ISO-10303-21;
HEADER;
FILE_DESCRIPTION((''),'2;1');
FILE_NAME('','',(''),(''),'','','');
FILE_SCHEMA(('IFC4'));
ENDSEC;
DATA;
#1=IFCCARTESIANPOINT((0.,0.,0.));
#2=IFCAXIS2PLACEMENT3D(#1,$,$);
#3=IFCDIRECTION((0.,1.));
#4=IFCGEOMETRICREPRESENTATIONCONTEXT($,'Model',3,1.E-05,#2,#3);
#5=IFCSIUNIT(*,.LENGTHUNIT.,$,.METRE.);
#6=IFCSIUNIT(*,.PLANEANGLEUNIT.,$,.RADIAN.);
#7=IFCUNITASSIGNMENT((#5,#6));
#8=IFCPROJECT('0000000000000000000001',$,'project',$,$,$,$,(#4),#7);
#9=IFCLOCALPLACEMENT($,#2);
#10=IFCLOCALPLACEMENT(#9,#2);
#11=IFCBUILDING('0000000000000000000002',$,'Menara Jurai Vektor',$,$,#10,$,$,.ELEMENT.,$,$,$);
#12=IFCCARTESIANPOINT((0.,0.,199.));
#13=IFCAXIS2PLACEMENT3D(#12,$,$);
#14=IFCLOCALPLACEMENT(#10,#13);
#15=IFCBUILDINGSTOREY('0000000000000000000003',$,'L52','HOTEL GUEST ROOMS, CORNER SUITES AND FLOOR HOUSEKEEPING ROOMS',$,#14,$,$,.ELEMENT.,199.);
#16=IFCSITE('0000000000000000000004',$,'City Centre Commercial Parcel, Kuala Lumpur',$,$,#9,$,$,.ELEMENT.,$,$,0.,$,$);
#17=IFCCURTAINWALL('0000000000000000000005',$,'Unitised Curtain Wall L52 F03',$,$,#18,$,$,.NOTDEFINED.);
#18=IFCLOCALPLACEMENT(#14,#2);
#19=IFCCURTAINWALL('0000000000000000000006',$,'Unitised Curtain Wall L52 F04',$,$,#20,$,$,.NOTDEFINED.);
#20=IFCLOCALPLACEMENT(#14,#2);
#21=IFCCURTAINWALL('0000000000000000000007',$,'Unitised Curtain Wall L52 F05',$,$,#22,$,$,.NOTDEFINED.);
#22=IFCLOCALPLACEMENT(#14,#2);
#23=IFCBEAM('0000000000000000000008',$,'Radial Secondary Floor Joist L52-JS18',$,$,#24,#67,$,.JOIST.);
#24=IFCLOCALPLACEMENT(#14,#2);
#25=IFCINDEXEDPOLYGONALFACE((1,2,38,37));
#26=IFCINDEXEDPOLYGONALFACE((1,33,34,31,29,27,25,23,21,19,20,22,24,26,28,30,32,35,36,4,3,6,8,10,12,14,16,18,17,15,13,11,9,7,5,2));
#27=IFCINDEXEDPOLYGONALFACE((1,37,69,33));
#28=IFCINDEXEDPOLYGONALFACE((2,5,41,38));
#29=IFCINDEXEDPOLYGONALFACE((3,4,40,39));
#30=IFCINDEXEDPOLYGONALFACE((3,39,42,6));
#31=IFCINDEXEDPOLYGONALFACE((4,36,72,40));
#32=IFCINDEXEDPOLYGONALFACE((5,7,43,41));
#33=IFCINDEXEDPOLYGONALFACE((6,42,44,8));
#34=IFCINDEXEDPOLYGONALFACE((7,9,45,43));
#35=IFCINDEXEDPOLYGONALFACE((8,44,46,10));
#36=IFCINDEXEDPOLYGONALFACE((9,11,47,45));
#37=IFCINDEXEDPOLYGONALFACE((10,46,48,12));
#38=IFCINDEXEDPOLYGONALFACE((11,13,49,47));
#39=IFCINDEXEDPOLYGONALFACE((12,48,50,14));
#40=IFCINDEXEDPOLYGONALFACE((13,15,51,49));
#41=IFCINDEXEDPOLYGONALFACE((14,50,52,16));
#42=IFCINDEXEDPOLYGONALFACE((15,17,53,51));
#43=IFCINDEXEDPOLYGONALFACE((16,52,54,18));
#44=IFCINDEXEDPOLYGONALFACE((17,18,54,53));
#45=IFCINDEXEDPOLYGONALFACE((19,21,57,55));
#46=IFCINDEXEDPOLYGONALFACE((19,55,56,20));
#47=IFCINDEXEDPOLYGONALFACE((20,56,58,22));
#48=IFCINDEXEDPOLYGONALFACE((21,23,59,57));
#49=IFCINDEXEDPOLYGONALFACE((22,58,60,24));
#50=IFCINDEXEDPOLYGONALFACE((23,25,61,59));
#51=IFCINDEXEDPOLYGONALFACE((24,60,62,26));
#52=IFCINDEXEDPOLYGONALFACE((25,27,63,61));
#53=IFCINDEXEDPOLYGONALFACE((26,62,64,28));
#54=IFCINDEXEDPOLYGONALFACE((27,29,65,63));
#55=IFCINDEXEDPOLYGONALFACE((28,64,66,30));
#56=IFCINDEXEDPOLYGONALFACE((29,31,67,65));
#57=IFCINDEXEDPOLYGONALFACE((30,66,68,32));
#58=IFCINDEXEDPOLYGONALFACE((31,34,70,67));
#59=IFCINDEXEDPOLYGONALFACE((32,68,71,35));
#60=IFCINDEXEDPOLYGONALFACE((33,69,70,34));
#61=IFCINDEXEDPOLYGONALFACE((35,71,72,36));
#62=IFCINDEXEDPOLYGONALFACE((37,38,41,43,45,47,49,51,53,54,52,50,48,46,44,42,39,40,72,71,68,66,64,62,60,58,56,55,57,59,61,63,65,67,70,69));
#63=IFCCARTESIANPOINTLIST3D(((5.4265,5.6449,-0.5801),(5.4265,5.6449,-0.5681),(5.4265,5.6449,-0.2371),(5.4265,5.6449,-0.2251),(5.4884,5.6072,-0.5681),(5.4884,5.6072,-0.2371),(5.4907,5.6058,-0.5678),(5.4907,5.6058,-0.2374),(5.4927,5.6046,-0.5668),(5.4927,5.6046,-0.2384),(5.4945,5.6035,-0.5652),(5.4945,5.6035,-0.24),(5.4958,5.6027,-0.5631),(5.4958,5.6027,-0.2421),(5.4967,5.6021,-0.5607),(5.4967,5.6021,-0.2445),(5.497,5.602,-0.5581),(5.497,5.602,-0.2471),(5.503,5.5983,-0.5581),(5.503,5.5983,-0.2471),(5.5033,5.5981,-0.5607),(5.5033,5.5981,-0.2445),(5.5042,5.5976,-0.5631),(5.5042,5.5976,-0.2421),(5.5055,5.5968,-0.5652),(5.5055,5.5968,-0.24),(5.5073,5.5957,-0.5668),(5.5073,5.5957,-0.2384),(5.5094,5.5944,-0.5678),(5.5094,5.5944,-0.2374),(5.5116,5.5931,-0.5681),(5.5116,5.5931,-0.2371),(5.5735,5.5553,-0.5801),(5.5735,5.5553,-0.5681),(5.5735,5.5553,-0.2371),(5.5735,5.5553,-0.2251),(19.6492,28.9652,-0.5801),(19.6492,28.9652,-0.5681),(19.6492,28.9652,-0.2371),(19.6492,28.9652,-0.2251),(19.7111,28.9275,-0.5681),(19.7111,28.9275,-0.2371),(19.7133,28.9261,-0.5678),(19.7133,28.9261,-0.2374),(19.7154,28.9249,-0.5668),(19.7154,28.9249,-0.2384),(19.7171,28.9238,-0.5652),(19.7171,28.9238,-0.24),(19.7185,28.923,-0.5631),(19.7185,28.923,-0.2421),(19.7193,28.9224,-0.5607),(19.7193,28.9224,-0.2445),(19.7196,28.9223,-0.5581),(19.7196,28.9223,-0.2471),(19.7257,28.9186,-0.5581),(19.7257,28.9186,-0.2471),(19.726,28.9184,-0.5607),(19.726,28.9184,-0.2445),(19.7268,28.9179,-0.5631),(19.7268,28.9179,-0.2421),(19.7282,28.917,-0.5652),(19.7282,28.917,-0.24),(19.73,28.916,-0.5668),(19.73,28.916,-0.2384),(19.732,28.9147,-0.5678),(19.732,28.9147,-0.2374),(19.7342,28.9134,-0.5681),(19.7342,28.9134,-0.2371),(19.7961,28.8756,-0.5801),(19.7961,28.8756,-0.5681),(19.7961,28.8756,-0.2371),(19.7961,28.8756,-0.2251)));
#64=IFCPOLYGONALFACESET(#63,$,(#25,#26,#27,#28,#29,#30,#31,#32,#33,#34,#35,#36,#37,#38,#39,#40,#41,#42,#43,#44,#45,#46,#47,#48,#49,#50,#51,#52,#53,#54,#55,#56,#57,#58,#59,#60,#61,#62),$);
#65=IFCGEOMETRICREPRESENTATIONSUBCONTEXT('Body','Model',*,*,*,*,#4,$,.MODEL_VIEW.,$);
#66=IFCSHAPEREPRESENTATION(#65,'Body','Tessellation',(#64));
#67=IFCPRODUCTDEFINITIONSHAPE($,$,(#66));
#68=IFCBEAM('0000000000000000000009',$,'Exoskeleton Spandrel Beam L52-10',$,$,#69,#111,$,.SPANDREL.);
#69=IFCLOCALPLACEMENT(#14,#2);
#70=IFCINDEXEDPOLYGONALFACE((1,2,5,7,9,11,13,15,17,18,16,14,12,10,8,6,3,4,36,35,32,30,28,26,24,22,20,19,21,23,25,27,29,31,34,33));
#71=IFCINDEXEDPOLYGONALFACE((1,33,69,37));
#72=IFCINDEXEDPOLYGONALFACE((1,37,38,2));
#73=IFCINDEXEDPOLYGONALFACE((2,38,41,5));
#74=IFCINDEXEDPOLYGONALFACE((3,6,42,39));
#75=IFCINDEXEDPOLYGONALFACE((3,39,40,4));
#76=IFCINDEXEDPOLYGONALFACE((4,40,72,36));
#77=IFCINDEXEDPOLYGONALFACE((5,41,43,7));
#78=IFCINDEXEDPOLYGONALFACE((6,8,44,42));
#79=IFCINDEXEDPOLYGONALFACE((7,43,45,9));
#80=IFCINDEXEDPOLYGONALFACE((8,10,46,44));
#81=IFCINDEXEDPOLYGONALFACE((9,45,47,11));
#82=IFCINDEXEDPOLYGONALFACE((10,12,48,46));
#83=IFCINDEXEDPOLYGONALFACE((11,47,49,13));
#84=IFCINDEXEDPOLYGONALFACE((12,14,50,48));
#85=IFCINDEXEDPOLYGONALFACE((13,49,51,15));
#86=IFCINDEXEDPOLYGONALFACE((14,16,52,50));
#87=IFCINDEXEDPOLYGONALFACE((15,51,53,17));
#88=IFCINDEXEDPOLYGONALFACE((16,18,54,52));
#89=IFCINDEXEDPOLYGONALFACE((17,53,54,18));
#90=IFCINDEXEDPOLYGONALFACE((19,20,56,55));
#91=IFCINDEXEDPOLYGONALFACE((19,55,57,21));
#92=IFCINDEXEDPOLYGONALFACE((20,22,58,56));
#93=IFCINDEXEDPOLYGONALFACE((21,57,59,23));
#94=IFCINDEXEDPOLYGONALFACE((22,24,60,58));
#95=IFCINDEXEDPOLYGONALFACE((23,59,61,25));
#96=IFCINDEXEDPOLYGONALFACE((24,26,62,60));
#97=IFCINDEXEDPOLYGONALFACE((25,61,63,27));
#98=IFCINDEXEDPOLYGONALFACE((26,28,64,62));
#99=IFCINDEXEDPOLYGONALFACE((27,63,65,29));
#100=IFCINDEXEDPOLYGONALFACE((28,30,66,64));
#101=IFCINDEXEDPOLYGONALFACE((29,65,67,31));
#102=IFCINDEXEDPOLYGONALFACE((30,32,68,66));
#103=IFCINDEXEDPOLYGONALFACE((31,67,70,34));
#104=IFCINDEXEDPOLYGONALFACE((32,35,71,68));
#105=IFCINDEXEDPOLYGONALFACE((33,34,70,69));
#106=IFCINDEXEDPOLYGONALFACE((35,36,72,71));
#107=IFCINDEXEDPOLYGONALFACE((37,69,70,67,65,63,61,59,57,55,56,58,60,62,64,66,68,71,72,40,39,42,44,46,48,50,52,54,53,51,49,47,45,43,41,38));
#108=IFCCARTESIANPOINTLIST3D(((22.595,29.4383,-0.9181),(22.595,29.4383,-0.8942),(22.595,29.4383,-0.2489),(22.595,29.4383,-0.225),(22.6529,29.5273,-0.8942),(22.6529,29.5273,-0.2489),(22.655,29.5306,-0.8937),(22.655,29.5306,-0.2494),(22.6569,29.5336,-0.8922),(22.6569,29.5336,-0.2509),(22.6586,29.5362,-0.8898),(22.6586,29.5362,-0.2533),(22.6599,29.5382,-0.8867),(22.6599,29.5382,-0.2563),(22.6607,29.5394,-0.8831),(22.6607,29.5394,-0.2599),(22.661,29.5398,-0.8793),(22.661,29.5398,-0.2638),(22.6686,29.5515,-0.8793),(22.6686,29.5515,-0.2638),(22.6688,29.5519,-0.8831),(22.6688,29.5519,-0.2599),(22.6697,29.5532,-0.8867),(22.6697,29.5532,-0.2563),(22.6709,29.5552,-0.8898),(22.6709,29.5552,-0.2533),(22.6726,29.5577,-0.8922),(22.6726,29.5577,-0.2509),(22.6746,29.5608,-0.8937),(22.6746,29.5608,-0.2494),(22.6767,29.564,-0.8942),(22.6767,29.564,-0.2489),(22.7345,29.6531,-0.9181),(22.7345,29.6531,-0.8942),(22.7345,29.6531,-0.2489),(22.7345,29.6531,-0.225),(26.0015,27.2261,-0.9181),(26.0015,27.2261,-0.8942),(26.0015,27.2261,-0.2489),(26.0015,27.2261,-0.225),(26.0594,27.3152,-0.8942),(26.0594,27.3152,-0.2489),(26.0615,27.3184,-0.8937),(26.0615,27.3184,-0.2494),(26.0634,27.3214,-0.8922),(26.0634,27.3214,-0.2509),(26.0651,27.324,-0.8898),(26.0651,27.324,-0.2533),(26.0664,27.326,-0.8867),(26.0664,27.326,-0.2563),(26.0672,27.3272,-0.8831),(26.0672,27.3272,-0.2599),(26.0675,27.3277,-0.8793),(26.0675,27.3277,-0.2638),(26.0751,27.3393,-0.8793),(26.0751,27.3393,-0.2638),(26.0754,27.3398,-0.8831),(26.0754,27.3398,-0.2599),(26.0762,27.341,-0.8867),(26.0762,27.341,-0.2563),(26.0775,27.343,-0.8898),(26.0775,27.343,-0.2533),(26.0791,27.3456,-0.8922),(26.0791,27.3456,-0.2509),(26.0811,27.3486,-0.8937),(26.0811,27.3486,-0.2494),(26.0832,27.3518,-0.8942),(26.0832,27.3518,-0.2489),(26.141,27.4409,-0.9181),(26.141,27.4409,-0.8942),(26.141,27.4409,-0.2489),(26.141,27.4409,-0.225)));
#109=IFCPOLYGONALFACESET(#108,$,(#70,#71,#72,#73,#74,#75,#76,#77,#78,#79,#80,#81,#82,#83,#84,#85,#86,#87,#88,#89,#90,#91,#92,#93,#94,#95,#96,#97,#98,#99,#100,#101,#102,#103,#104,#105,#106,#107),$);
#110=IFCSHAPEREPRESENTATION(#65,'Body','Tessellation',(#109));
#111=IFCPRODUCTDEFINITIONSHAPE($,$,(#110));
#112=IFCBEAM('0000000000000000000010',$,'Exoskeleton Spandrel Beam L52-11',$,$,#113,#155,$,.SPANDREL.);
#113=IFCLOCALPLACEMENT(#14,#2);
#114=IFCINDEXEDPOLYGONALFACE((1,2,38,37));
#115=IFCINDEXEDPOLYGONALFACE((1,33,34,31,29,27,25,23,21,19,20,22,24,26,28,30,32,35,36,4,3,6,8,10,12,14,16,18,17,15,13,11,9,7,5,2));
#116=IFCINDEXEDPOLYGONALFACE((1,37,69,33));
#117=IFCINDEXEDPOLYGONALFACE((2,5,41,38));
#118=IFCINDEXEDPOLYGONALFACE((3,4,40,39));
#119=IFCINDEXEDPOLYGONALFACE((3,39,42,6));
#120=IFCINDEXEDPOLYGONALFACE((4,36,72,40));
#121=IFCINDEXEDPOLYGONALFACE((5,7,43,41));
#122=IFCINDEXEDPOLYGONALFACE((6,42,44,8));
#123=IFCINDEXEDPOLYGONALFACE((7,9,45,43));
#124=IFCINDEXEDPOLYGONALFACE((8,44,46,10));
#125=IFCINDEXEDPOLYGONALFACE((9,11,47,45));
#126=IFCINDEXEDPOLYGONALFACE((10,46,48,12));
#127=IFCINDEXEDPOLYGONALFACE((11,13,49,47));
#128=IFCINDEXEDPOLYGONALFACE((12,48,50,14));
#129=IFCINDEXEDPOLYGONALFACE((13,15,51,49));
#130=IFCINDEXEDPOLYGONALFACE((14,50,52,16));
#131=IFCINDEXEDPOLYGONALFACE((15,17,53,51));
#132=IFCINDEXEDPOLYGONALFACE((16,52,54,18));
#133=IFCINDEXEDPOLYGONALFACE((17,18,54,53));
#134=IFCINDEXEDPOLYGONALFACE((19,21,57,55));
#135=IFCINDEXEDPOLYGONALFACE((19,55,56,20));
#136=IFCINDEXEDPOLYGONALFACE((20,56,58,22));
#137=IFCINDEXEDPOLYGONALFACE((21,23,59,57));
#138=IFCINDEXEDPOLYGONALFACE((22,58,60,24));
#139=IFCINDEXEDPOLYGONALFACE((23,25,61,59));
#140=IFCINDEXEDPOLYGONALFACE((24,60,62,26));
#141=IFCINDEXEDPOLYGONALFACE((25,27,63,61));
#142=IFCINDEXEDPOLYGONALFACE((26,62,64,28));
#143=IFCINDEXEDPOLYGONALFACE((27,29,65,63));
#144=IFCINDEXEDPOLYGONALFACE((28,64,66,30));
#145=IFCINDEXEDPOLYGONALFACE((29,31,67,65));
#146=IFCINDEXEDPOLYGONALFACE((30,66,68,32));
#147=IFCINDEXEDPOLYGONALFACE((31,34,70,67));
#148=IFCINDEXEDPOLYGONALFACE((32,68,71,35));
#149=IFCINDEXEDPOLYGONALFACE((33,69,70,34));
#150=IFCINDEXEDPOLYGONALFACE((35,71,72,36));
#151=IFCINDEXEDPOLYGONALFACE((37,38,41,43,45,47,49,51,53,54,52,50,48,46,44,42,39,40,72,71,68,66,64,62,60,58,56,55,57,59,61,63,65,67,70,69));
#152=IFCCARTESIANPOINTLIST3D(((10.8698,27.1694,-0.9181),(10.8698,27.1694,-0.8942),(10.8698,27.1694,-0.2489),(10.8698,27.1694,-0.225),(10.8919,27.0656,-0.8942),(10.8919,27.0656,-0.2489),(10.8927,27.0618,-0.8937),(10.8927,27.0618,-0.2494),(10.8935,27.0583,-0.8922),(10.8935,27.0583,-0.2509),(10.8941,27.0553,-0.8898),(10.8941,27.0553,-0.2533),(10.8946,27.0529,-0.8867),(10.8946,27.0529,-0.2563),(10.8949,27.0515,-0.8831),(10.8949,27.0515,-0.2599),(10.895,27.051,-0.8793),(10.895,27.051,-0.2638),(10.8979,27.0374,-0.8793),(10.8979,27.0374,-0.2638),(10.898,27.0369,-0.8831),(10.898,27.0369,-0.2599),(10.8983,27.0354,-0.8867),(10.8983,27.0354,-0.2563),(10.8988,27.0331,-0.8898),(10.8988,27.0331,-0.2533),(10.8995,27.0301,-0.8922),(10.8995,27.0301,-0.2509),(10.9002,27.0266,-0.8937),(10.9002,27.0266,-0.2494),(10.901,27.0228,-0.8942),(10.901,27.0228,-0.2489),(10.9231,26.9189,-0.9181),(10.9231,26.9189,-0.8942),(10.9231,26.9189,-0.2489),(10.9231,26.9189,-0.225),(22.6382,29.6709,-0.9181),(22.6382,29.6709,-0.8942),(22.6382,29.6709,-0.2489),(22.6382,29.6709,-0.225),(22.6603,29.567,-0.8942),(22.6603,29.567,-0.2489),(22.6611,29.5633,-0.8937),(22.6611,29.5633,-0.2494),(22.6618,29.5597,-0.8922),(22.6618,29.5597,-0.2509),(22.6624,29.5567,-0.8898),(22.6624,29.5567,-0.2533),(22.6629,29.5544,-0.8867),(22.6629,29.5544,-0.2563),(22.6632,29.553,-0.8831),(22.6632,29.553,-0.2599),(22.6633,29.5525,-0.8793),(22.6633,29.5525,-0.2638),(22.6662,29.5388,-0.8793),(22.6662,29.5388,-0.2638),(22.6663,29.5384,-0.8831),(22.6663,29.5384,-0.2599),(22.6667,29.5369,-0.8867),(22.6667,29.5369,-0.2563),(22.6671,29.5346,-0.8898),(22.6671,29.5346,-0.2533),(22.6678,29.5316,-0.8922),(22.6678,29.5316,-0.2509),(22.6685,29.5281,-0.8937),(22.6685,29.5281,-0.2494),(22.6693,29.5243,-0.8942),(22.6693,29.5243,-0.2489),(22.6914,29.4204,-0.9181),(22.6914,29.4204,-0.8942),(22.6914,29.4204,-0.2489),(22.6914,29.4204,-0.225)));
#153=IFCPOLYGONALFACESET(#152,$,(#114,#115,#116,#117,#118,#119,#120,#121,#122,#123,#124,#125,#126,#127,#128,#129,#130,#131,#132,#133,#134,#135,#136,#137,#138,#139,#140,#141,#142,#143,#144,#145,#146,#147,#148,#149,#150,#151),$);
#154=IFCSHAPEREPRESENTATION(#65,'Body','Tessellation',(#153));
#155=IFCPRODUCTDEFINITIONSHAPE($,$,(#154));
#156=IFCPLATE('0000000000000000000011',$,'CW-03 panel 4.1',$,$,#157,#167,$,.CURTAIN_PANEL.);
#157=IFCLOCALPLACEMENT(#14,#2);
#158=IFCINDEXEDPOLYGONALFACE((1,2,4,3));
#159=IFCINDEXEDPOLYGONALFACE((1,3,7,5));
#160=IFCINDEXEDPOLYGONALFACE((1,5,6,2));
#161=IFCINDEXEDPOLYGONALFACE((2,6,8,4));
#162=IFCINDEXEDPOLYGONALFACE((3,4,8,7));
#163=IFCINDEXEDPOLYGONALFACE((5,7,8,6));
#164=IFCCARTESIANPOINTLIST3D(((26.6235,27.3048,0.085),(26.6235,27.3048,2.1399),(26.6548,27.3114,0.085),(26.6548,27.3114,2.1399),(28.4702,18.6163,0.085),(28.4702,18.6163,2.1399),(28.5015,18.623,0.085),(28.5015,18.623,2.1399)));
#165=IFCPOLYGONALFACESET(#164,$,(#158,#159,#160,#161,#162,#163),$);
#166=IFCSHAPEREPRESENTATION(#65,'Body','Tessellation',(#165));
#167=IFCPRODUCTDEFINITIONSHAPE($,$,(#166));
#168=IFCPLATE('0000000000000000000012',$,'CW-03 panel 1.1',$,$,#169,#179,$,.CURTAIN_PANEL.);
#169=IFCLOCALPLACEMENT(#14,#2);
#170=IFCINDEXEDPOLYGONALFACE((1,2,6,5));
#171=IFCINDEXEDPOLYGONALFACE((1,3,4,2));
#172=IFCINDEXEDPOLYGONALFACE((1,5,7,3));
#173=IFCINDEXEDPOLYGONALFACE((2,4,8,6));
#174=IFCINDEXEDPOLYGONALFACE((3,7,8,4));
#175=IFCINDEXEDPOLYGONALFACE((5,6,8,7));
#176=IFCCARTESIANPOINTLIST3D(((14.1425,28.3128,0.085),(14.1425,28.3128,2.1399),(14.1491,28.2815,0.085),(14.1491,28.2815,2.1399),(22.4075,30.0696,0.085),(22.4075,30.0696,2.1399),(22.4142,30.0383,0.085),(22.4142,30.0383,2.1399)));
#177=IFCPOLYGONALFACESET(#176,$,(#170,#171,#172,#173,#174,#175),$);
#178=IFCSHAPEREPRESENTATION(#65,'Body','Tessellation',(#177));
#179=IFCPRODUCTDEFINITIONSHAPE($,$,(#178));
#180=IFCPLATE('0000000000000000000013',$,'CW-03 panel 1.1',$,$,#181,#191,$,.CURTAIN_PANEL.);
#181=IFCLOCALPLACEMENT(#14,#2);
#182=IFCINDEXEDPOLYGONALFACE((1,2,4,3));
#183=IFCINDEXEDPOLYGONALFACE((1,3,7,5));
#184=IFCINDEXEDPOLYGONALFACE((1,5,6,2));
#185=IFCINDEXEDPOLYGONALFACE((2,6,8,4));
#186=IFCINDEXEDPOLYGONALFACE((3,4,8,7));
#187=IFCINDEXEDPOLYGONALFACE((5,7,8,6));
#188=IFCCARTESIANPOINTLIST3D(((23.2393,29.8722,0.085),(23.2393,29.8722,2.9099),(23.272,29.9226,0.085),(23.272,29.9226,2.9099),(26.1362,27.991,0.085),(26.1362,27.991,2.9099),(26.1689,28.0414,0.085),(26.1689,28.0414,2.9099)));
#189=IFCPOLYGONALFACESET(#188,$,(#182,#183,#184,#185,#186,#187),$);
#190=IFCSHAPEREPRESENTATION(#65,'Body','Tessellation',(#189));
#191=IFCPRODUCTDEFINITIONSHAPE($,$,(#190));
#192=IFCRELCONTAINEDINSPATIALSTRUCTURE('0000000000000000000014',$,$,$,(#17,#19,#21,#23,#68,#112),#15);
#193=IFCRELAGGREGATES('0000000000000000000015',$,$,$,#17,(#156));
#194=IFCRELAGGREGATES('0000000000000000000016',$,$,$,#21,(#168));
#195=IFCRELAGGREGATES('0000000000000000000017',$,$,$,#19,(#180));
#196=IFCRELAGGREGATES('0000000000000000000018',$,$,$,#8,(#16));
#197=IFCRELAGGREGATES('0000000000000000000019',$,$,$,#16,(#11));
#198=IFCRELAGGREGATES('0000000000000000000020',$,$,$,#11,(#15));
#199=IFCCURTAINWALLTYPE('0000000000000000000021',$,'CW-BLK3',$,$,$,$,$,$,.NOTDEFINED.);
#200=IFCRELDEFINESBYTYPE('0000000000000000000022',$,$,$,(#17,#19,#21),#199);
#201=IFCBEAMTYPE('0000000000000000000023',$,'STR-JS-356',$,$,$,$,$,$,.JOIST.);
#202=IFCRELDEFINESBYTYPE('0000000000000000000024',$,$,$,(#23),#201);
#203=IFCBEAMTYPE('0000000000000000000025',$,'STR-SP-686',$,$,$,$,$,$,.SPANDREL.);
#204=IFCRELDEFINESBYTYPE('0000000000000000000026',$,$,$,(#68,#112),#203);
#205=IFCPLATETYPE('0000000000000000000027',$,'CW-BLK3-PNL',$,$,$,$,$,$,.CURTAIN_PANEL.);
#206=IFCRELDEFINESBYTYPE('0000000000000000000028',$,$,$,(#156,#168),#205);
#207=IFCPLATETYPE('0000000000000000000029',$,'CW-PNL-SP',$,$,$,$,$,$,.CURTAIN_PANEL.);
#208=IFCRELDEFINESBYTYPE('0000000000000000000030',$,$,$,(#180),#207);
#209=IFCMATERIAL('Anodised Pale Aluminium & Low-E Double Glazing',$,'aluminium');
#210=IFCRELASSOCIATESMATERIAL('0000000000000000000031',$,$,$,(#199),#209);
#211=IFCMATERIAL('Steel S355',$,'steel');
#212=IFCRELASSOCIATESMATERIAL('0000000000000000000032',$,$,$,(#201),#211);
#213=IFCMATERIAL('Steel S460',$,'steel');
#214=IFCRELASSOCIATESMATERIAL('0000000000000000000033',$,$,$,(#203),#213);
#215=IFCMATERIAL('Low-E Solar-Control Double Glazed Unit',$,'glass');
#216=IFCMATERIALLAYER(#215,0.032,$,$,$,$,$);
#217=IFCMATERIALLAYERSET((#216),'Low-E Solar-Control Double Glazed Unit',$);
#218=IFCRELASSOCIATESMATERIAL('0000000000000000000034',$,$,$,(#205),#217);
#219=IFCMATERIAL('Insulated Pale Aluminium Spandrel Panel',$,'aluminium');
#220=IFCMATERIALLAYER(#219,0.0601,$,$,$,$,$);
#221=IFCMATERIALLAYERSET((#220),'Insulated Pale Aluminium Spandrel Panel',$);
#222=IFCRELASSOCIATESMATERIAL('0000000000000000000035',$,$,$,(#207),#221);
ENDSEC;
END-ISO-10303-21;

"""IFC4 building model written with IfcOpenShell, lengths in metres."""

from ifc_helpers import new_model, si_unit, direction, frame, origin, origin_2d, place, context, subcontext, project, spatial, rectangle, i_section, extrude, material, layer, layer_set, material_profile, profile_set, type_object, element, aggregate, save


model = new_model("IFC4")

# Units and contexts
model_context = context("Model", 3, precision=1e-05, world=origin(), true_north=direction((0.0, 1.0)))
body_context = subcontext(model_context, "Body", "Model", "MODEL_VIEW")
ifc_project = project(units=[si_unit("LENGTHUNIT", "METRE"), si_unit("PLANEANGLEUNIT", "RADIAN")], contexts=[model_context])

# Site, building, storey
site_placement = place(None, origin())
site = spatial("IfcSite", under=ifc_project, at=site_placement, Name="City Centre Commercial Parcel, Kuala Lumpur", CompositionType="ELEMENT", RefElevation=0.0)
building_placement = place(site_placement, origin())
building = spatial("IfcBuilding", under=site, at=building_placement, Name="Menara Jurai Vektor", CompositionType="ELEMENT")
storey_placement = place(building_placement, frame((0.0, 0.0, 199.0)))
storey = spatial("IfcBuildingStorey", under=building, at=storey_placement, Name="L52", Description="HOTEL GUEST ROOMS, CORNER SUITES AND FLOOR HOUSEKEEPING ROOMS", CompositionType="ELEMENT", Elevation=199.0)

# Shared definitions
ifc_material_1 = material(Name="Steel S460", Category="steel")

# Curtain walls
ifc_material_2 = material(Name="Anodised Pale Aluminium & Low-E Double Glazing", Category="aluminium")
curtain_wall_type = type_object("IfcCurtainWallType", Name="CW-BLK3", PredefinedType="NOTDEFINED", material=ifc_material_2)
curtain_wall_1_placement = place(storey_placement, origin())
curtain_wall_1 = element("IfcCurtainWall", 1, at=curtain_wall_1_placement, inside=storey, type_object=curtain_wall_type, Name="Unitised Curtain Wall L52 F03", PredefinedType="NOTDEFINED")
curtain_wall_2_placement = place(storey_placement, origin())
curtain_wall_2 = element("IfcCurtainWall", 2, at=curtain_wall_2_placement, inside=storey, type_object=curtain_wall_type, Name="Unitised Curtain Wall L52 F04", PredefinedType="NOTDEFINED")

# Curtain wall
curtain_wall_3_placement = place(storey_placement, origin())
curtain_wall_3 = element("IfcCurtainWall", 3, at=curtain_wall_3_placement, inside=storey, type_object=curtain_wall_type, Name="Unitised Curtain Wall L52 F05", PredefinedType="NOTDEFINED")

# Shared definitions
ifc_material_3 = material(Name="Steel S355", Category="steel")

# Beams
ifc_material_profile_1 = material_profile(ifc_material_3, i_section(OverallWidth=0.1721, OverallDepth=0.355, WebThickness=0.0071, FlangeThickness=0.012, FilletRadius=0.01, at=origin_2d()), Name="UKB 356x171x51")
ifc_profile_set_1 = profile_set([ifc_material_profile_1], Name="Steel S355")
beam_type_1 = type_object("IfcBeamType", Name="STR-JS-356", PredefinedType="JOIST", material=ifc_profile_set_1)
beam_1_placement = place(storey_placement, frame((19.7227, 28.9204, -0.4026), z_axis=(-0.520686, -0.853748, 0.0), x_axis=(0.853748, -0.520686, 0.0)))
element("IfcBeam", 4, at=beam_1_placement, inside=storey, type_object=beam_type_1, Name="Radial Secondary Floor Joist L52-JS18", PredefinedType="JOIST", context=body_context, shape_type="SweptSolid", body=[
    extrude(i_section(OverallWidth=0.1721, OverallDepth=0.355, WebThickness=0.0071, FlangeThickness=0.012, FilletRadius=0.01, at=origin_2d()), origin(), (0.0, 0.0, 1.0), 27.3152),
])
ifc_material_profile_2 = material_profile(ifc_material_1, i_section(OverallWidth=0.2561, OverallDepth=0.6931, WebThickness=0.0139, FlangeThickness=0.0239, FilletRadius=0.0149, at=origin_2d()), Name="UKB 686x254x170")
ifc_profile_set_2 = profile_set([ifc_material_profile_2], Name="Steel S460")
beam_type_2 = type_object("IfcBeamType", Name="STR-SP-686", PredefinedType="SPANDREL", material=ifc_profile_set_2)
beam_2_placement = place(storey_placement, frame((26.0713, 27.3335, -0.5715), z_axis=(-0.838676, 0.544631, 0.0), x_axis=(-0.544631, -0.838676, 0.0)))
element("IfcBeam", 5, at=beam_2_placement, inside=storey, type_object=beam_type_2, Name="Exoskeleton Spandrel Beam L52-10", PredefinedType="SPANDREL", context=body_context, shape_type="SweptSolid", body=[
    extrude(i_section(OverallWidth=0.2561, OverallDepth=0.6931, WebThickness=0.0139, FlangeThickness=0.0239, FilletRadius=0.0149, at=origin_2d()), origin(), (0.0, 0.0, 1.0), 4.0618),
])
beam_3_placement = place(storey_placement, frame((22.6648, 29.5457, -0.5715), z_axis=(-0.978147, -0.207914, 0.0), x_axis=(0.207914, -0.978147, 0.0)))
element("IfcBeam", 6, at=beam_3_placement, inside=storey, type_object=beam_type_2, Name="Exoskeleton Spandrel Beam L52-11", PredefinedType="SPANDREL", context=body_context, shape_type="SweptSolid", body=[
    extrude(i_section(OverallWidth=0.2561, OverallDepth=0.6931, WebThickness=0.0139, FlangeThickness=0.0239, FilletRadius=0.0149, at=origin_2d()), origin(), (0.0, 0.0, 1.0), 12.0312),
])

# Plates
ifc_material_4 = material(Name="Low-E Solar-Control Double Glazed Unit", Category="glass")
ifc_layer_1 = layer(ifc_material_4, 0.032)
ifc_layer_set_1 = layer_set([ifc_layer_1], Name="Low-E Solar-Control Double Glazed Unit")
plate_type_1 = type_object("IfcPlateType", Name="CW-BLK3-PNL", PredefinedType="CURTAIN_PANEL", material=ifc_layer_set_1)
plate_1_placement = place(storey_placement, frame((27.5625, 22.9639, 0.085), z_axis=(0.0, 0.0, 1.0), x_axis=(-0.20791, 0.978148, 0.0)))
plate_1 = element("IfcPlate", 7, at=plate_1_placement, type_object=plate_type_1, Name="CW-03 panel 4.1", PredefinedType="CURTAIN_PANEL", context=body_context, shape_type="SweptSolid", body=[
    extrude(rectangle(XDim=8.8826, YDim=0.032, at=origin_2d()), origin(), (0.0, 0.0, 1.0), 2.0549),
])
aggregate(curtain_wall_1, [plate_1])
plate_2_placement = place(storey_placement, frame((18.2783, 29.1755, 0.085), z_axis=(0.0, 0.0, 1.0), x_axis=(-0.978148, -0.207911, 0.0)))
plate_2 = element("IfcPlate", 8, at=plate_2_placement, type_object=plate_type_1, Name="CW-03 panel 1.1", PredefinedType="CURTAIN_PANEL", context=body_context, shape_type="SweptSolid", body=[
    extrude(rectangle(XDim=8.4497, YDim=0.032, at=origin_2d()), origin(), (0.0, 0.0, 1.0), 2.0549),
])
aggregate(curtain_wall_3, [plate_2])
ifc_material_5 = material(Name="Insulated Pale Aluminium Spandrel Panel", Category="aluminium")
ifc_layer_2 = layer(ifc_material_5, 0.0601)
ifc_layer_set_2 = layer_set([ifc_layer_2], Name="Insulated Pale Aluminium Spandrel Panel")
plate_type_2 = type_object("IfcPlateType", Name="CW-PNL-SP", PredefinedType="CURTAIN_PANEL", material=ifc_layer_set_2)
plate_3_placement = place(storey_placement, frame((24.7041, 28.9568, 0.085), z_axis=(0.0, 0.0, 1.0), x_axis=(-0.838684, 0.544618, 0.0)))
plate_3 = element("IfcPlate", 9, at=plate_3_placement, type_object=plate_type_2, Name="CW-03 panel 1.1", PredefinedType="CURTAIN_PANEL", context=body_context, shape_type="SweptSolid", body=[
    extrude(rectangle(XDim=3.4541, YDim=0.0601, at=origin_2d()), origin(), (0.0, 0.0, 1.0), 2.825),
])
aggregate(curtain_wall_2, [plate_3])

save(model, "model.ifc")
